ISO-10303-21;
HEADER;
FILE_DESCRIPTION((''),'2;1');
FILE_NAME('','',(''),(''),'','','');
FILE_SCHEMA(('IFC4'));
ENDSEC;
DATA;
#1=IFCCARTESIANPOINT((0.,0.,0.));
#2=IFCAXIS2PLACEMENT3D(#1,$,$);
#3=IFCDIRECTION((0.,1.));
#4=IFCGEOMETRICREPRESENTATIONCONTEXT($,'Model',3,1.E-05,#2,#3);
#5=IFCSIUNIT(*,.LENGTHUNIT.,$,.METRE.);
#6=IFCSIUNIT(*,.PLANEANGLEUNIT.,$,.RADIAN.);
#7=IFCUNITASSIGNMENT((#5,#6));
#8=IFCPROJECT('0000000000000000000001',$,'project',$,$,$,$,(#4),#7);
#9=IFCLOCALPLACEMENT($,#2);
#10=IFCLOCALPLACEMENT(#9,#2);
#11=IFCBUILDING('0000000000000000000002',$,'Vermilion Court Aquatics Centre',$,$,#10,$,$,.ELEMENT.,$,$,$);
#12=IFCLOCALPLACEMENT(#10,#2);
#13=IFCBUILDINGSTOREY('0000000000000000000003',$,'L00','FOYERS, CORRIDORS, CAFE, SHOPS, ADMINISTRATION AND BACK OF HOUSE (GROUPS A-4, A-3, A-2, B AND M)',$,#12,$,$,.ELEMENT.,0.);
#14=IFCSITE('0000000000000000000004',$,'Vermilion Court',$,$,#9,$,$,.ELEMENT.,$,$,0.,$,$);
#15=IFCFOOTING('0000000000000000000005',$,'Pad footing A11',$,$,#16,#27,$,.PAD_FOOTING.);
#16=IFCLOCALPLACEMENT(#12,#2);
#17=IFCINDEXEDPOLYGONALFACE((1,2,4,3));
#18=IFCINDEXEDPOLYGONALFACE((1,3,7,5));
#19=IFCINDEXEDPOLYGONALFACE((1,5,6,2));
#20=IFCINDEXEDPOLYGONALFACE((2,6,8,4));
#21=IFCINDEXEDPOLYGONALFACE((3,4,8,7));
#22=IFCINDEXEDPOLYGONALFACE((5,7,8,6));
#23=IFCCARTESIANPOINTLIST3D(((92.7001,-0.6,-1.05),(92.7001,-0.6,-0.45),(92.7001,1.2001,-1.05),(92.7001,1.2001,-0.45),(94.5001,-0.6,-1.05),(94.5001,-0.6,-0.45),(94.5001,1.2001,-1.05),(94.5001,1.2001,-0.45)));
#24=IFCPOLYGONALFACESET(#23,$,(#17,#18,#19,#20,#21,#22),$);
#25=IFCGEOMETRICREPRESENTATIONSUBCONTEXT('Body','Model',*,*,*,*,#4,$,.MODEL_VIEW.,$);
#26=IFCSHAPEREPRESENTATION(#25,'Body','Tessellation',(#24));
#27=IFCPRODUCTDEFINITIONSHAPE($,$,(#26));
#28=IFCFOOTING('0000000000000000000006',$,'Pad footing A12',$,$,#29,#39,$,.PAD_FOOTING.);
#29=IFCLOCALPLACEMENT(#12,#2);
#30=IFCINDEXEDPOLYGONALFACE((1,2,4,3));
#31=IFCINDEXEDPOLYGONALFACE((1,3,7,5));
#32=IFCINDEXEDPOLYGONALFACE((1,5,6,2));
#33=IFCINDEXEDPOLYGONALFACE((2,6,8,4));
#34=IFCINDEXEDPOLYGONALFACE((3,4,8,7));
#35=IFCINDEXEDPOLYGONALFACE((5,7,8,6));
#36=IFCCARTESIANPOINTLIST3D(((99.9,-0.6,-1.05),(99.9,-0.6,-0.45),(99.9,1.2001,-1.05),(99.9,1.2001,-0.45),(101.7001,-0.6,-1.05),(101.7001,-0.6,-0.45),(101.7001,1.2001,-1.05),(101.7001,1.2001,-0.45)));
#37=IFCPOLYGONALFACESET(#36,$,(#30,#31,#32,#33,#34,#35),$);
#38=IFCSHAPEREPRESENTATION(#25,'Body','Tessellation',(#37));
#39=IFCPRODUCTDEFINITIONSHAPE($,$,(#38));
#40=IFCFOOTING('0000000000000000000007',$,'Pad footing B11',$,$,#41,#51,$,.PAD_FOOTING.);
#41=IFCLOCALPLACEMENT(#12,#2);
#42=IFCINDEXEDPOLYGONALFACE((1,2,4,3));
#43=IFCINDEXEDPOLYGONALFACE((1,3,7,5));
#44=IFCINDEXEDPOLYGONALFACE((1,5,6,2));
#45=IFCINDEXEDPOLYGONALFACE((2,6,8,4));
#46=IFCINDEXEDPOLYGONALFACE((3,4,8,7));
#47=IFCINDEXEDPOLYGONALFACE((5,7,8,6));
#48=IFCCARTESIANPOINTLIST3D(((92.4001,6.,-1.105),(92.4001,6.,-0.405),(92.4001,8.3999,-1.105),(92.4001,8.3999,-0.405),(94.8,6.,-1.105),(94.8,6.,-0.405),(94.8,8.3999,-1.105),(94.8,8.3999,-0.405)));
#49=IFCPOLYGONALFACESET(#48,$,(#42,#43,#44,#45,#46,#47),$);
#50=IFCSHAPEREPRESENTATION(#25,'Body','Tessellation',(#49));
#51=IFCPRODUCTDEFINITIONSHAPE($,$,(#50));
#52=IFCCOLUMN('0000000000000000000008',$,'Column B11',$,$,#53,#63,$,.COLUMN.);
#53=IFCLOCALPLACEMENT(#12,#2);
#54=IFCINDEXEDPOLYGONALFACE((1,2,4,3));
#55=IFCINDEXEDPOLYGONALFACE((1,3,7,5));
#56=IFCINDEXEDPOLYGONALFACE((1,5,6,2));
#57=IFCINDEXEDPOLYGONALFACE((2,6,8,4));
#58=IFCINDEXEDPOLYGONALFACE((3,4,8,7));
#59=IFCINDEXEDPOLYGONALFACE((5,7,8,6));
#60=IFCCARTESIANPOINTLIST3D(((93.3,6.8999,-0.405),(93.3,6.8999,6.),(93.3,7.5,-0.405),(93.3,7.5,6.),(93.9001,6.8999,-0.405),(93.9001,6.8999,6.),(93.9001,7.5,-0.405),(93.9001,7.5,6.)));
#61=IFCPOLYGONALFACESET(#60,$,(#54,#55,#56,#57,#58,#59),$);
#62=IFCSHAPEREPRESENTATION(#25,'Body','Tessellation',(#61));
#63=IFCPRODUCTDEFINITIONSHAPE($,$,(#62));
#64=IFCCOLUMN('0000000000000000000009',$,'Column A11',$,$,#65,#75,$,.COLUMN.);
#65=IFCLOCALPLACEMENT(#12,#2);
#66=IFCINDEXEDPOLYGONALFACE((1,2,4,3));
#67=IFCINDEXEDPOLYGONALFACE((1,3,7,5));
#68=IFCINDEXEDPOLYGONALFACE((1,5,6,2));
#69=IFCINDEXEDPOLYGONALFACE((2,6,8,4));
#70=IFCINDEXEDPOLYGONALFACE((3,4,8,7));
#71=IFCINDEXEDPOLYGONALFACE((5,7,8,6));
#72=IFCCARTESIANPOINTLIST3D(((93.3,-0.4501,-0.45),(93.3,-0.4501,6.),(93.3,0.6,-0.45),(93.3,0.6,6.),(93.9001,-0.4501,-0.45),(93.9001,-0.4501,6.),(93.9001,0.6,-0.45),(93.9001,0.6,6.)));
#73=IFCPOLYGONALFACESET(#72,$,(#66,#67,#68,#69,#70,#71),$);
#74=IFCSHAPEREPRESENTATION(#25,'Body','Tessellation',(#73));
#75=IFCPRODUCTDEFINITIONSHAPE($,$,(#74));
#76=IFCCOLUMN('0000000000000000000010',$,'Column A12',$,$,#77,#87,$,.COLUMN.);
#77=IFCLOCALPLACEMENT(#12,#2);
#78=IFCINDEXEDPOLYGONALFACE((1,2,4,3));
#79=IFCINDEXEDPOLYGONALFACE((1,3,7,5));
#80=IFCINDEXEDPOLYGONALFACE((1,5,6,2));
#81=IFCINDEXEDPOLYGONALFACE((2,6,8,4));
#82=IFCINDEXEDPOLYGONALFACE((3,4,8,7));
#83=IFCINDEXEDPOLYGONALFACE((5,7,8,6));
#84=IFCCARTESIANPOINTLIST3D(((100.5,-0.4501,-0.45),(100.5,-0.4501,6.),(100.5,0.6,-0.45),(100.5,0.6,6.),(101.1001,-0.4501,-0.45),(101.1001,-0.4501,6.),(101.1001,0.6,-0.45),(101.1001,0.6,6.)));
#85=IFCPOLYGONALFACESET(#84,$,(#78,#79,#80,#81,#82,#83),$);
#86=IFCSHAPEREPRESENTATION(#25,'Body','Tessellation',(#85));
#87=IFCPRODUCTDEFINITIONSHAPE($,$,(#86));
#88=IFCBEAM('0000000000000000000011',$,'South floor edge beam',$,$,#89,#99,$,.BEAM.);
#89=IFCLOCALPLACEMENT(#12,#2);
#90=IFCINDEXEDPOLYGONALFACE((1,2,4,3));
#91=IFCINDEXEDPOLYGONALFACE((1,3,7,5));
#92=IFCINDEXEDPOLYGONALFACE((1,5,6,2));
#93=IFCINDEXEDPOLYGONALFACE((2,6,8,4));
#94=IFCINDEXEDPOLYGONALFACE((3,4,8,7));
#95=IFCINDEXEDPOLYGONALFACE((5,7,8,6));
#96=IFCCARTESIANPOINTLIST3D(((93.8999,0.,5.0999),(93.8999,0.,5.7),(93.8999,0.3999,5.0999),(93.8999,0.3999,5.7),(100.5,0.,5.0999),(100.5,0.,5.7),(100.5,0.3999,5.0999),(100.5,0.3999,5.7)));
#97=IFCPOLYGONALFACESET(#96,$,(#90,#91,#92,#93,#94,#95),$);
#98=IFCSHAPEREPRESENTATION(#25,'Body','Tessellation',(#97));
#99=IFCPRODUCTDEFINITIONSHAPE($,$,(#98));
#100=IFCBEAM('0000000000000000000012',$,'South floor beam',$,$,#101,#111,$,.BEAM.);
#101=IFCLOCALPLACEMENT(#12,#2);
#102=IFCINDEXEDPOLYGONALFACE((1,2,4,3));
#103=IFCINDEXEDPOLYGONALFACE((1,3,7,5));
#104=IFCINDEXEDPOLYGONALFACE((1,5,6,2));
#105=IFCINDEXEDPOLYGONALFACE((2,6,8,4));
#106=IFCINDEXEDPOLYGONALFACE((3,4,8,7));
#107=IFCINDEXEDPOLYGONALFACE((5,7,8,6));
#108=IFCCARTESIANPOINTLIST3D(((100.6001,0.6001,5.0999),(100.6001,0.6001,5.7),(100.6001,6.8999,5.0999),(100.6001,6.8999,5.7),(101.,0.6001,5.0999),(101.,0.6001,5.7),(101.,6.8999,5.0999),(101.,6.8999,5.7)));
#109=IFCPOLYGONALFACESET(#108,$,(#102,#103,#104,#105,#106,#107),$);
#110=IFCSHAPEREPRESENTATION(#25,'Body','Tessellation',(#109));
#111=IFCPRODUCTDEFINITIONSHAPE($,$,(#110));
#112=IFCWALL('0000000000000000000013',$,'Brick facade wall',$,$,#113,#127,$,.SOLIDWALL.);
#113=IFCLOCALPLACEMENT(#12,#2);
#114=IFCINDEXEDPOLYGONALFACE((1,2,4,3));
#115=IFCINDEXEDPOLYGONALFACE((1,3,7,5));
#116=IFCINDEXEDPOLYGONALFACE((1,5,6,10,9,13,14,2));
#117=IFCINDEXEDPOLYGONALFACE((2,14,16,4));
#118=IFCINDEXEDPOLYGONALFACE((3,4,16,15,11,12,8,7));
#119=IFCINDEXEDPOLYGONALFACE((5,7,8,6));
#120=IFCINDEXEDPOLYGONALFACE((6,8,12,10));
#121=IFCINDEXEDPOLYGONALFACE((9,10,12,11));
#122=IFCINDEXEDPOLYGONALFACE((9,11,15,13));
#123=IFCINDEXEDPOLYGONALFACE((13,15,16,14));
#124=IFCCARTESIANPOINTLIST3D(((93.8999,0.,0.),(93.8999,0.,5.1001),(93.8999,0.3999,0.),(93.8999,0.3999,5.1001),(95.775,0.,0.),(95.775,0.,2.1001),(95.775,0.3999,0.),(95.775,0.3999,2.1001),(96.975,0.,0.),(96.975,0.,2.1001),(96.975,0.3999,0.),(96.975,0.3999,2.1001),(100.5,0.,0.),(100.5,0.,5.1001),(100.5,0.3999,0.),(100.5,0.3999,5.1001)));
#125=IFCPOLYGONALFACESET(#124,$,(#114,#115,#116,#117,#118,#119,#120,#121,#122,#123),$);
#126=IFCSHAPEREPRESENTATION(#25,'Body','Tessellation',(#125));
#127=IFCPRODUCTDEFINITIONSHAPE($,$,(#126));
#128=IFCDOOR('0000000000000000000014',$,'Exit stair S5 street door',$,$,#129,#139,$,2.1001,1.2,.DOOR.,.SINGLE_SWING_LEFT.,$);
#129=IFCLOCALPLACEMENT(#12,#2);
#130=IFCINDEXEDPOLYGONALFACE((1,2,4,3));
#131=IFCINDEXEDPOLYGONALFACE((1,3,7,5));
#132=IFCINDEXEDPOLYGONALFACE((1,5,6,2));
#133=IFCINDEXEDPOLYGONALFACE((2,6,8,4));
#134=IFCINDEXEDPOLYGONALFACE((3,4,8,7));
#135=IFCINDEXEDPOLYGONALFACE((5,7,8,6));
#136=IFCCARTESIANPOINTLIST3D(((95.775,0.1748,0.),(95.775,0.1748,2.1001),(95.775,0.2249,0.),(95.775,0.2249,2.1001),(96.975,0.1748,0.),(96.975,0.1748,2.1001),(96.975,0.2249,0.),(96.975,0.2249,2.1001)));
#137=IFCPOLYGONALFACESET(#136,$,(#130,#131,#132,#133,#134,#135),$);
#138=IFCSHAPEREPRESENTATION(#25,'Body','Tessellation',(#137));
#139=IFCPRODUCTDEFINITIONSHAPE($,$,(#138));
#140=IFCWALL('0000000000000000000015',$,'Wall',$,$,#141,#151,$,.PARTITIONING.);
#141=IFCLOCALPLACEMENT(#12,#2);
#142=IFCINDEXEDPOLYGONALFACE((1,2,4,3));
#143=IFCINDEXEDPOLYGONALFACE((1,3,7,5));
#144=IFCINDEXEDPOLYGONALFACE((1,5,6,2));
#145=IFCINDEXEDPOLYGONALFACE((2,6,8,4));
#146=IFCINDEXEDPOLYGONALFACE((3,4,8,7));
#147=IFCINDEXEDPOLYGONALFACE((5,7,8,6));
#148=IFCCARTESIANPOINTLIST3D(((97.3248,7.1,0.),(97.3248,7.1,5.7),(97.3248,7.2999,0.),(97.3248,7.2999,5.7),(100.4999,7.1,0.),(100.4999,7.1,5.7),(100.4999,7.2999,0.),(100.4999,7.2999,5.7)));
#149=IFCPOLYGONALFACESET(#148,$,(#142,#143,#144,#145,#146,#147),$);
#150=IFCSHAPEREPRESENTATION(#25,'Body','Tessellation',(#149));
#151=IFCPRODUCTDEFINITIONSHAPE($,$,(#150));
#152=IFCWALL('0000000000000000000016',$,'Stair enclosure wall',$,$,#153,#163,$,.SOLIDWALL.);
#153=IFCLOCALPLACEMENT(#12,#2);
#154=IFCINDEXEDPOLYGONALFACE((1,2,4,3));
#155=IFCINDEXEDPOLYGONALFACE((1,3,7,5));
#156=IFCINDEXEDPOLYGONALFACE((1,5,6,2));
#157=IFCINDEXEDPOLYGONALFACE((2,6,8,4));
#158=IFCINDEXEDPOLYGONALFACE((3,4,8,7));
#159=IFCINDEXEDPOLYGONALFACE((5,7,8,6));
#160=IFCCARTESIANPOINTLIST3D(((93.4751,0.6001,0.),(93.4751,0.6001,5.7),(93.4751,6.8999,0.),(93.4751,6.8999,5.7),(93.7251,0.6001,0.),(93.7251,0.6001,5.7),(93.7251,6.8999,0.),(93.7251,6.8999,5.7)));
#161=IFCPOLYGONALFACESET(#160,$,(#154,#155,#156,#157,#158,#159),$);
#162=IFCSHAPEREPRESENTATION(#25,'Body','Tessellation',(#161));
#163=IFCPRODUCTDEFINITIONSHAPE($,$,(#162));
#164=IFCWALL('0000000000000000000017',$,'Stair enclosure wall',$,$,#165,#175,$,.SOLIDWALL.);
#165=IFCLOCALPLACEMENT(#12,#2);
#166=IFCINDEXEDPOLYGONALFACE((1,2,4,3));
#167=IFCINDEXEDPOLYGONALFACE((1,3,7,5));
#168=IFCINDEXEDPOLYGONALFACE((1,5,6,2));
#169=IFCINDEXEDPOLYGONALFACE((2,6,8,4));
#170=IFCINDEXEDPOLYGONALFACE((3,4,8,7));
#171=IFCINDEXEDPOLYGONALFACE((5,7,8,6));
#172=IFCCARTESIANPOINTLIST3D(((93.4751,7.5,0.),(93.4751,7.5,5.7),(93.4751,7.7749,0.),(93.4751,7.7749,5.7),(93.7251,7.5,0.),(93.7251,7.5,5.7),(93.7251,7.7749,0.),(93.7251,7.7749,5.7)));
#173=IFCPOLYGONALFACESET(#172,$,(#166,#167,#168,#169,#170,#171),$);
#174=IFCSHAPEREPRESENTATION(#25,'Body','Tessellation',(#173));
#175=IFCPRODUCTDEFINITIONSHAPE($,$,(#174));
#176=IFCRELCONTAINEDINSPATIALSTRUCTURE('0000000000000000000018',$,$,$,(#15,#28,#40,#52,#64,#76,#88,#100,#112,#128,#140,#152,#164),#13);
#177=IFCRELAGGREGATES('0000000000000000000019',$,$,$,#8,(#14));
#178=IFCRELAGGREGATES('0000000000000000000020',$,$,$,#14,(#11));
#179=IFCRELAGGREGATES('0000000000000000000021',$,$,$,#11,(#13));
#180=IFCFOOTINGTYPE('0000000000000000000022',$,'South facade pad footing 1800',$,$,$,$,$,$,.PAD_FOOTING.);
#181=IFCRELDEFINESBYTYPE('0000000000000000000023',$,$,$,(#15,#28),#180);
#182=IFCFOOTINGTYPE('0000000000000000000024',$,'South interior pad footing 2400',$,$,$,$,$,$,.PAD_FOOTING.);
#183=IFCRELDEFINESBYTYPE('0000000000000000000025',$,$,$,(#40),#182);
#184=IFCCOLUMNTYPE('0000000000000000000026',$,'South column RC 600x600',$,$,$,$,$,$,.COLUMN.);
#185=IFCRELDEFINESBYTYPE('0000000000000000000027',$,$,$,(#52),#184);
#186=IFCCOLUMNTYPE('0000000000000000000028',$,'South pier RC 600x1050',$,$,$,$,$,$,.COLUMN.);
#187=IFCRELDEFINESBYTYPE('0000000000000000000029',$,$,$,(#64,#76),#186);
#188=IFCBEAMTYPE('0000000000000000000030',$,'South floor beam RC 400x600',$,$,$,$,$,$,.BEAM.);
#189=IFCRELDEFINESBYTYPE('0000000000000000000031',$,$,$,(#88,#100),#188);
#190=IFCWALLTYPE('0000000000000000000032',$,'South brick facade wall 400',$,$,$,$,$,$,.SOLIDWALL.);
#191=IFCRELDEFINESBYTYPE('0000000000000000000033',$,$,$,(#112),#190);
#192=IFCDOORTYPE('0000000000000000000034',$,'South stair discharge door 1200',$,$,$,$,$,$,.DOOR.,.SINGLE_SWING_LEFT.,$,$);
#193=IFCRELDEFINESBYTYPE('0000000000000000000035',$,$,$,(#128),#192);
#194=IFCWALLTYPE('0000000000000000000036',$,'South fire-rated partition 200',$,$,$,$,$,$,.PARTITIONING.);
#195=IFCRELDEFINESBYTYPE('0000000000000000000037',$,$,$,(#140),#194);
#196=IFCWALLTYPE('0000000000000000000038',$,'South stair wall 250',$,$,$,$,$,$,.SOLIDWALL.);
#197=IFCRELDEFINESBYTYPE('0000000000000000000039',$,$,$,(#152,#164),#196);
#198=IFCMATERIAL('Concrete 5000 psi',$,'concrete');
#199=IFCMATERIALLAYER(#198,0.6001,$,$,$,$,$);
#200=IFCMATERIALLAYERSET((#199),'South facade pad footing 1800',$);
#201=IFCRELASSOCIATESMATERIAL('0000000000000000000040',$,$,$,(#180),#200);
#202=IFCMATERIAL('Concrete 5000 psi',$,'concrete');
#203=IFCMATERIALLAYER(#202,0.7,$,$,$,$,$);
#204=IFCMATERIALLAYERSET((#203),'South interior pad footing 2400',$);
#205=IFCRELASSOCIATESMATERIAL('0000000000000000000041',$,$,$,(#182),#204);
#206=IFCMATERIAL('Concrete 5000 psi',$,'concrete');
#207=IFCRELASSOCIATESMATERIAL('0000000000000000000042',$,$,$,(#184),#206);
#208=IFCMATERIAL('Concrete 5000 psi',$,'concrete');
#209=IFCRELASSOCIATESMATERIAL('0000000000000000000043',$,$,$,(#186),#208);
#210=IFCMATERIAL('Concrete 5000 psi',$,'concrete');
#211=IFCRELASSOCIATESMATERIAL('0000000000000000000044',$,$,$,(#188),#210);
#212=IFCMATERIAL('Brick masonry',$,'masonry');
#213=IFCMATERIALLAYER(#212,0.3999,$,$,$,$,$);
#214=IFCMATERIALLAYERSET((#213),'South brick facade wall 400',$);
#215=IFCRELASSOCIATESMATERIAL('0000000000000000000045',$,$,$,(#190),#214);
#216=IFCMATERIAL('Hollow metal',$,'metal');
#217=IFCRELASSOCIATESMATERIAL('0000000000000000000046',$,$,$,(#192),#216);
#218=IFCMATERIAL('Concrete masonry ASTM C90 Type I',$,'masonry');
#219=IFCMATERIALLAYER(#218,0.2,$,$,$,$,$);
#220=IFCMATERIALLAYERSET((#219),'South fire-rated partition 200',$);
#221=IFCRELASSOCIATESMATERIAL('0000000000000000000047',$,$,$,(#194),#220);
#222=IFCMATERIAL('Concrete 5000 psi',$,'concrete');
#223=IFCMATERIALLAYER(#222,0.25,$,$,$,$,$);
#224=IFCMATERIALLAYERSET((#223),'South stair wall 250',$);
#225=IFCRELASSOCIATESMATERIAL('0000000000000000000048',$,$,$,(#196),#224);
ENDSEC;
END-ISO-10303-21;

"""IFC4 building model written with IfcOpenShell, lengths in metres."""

from ifc_helpers import new_model, si_unit, direction, frame, frame_2d, origin, origin_2d, place, context, subcontext, project, spatial, rectangle, extrude, material, layer, layer_set, material_profile, profile_set, type_object, element, fill, save


model = new_model("IFC4")

# Units and contexts
model_context = context("Model", 3, precision=1e-05, world=origin(), true_north=direction((0.0, 1.0)))
body_context = subcontext(model_context, "Body", "Model", "MODEL_VIEW")
ifc_project = project(units=[si_unit("LENGTHUNIT", "METRE"), si_unit("PLANEANGLEUNIT", "RADIAN")], contexts=[model_context])

# Site, building, storey
site_placement = place(None, origin())
site = spatial("IfcSite", under=ifc_project, at=site_placement, Name="Vermilion Court", CompositionType="ELEMENT", RefElevation=0.0)
building_placement = place(site_placement, origin())
building = spatial("IfcBuilding", under=site, at=building_placement, Name="Vermilion Court Aquatics Centre", CompositionType="ELEMENT")
storey_placement = place(building_placement, origin())
storey = spatial("IfcBuildingStorey", under=building, at=storey_placement, Name="L00", Description="FOYERS, CORRIDORS, CAFE, SHOPS, ADMINISTRATION AND BACK OF HOUSE (GROUPS A-4, A-3, A-2, B AND M)", CompositionType="ELEMENT", Elevation=0.0)

# Footings
ifc_material_1 = material(Name="Concrete 5000 psi", Category="concrete")
ifc_layer_1 = layer(ifc_material_1, 0.6001)
ifc_layer_set_1 = layer_set([ifc_layer_1], Name="South facade pad footing 1800")
footing_type_1 = type_object("IfcFootingType", Name="South facade pad footing 1800", PredefinedType="PAD_FOOTING", material=ifc_layer_set_1)
for number, where, z_axis, x_axis, name in (
    (1, (93.6001, 0.3, -1.05), (0.0, 0.0, 1.0), (1.0, 0.0, 0.0), "Pad footing A11"),
    (2, (100.8, 0.3, -1.05), (0.0, 0.0, 1.0), (1.0, 0.0, 0.0), "Pad footing A12"),
):
    element("IfcFooting", number, at=place(storey_placement, frame(where, z_axis=z_axis, x_axis=x_axis)), inside=storey, type_object=footing_type_1, Name=name, PredefinedType="PAD_FOOTING", context=body_context, shape_type="SweptSolid", body=[
        extrude(rectangle(XDim=1.8, YDim=1.8, at=origin_2d()), origin(), (0.0, 0.0, 1.0), 0.6001),
    ])
ifc_material_2 = material(Name="Concrete 5000 psi", Category="concrete")
ifc_layer_2 = layer(ifc_material_2, 0.7)
ifc_layer_set_2 = layer_set([ifc_layer_2], Name="South interior pad footing 2400")
footing_type_2 = type_object("IfcFootingType", Name="South interior pad footing 2400", PredefinedType="PAD_FOOTING", material=ifc_layer_set_2)
footing_placement = place(storey_placement, frame((93.6001, 7.2, -1.105), z_axis=(0.0, 0.0, 1.0), x_axis=(1.0, 0.0, 0.0)))
element("IfcFooting", 3, at=footing_placement, inside=storey, type_object=footing_type_2, Name="Pad footing B11", PredefinedType="PAD_FOOTING", context=body_context, shape_type="SweptSolid", body=[
    extrude(rectangle(XDim=2.3999, YDim=2.3999, at=origin_2d()), origin(), (0.0, 0.0, 1.0), 0.7),
])

# Columns
ifc_material_3 = material(Name="Concrete 5000 psi", Category="concrete")
ifc_material_profile_1 = material_profile(ifc_material_3, rectangle(XDim=0.6001, YDim=0.6001, at=origin_2d()), Name="RC 600x600")
ifc_profile_set_1 = profile_set([ifc_material_profile_1], Name="Concrete 5000 psi")
column_type_1 = type_object("IfcColumnType", Name="South column RC 600x600", PredefinedType="COLUMN", material=ifc_profile_set_1)
column_placement = place(storey_placement, frame((93.6001, 7.2, -0.405), z_axis=(0.0, 0.0, 1.0), x_axis=(1.0, 0.0, 0.0)))
element("IfcColumn", 4, at=column_placement, inside=storey, type_object=column_type_1, Name="Column B11", PredefinedType="COLUMN", context=body_context, shape_type="SweptSolid", body=[
    extrude(rectangle(XDim=0.6001, YDim=0.6001, at=origin_2d()), origin(), (0.0, 0.0, 1.0), 6.405),
])
ifc_material_4 = material(Name="Concrete 5000 psi", Category="concrete")
ifc_material_profile_2 = material_profile(ifc_material_4, rectangle(XDim=0.6001, YDim=1.05, at=origin_2d()), Name="RC 600x1050")
ifc_profile_set_2 = profile_set([ifc_material_profile_2], Name="Concrete 5000 psi")
column_type_2 = type_object("IfcColumnType", Name="South pier RC 600x1050", PredefinedType="COLUMN", material=ifc_profile_set_2)
for number, where, z_axis, x_axis, name in (
    (5, (93.6001, 0.075, -0.45), (0.0, 0.0, 1.0), (1.0, 0.0, 0.0), "Column A11"),
    (6, (100.8, 0.075, -0.45), (0.0, 0.0, 1.0), (1.0, 0.0, 0.0), "Column A12"),
):
    element("IfcColumn", number, at=place(storey_placement, frame(where, z_axis=z_axis, x_axis=x_axis)), inside=storey, type_object=column_type_2, Name=name, PredefinedType="COLUMN", context=body_context, shape_type="SweptSolid", body=[
        extrude(rectangle(XDim=0.6001, YDim=1.05, at=origin_2d()), origin(), (0.0, 0.0, 1.0), 6.45),
    ])

# Beams
ifc_material_5 = material(Name="Concrete 5000 psi", Category="concrete")
ifc_material_profile_3 = material_profile(ifc_material_5, rectangle(XDim=0.3999, YDim=0.6001, at=origin_2d()), Name="RC 400x600")
ifc_profile_set_3 = profile_set([ifc_material_profile_3], Name="Concrete 5000 psi")
beam_type = type_object("IfcBeamType", Name="South floor beam RC 400x600", PredefinedType="BEAM", material=ifc_profile_set_3)
beam_1_placement = place(storey_placement, frame((93.8999, 0.2, 5.3999), z_axis=(1.0, 0.0, 0.0), x_axis=(0.0, 1.0, 0.0)))
element("IfcBeam", 7, at=beam_1_placement, inside=storey, type_object=beam_type, Name="South floor edge beam", PredefinedType="BEAM", context=body_context, shape_type="SweptSolid", body=[
    extrude(rectangle(XDim=0.3999, YDim=0.6001, at=origin_2d()), origin(), (0.0, 0.0, 1.0), 6.6001),
])
beam_2_placement = place(storey_placement, frame((100.8, 0.6001, 5.3999), z_axis=(0.0, 1.0, 0.0), x_axis=(-1.0, 0.0, 0.0)))
element("IfcBeam", 8, at=beam_2_placement, inside=storey, type_object=beam_type, Name="South floor beam", PredefinedType="BEAM", context=body_context, shape_type="SweptSolid", body=[
    extrude(rectangle(XDim=0.3999, YDim=0.6001, at=origin_2d()), origin(), (0.0, 0.0, 1.0), 6.2998),
])

# Wall, opening, door
ifc_material_6 = material(Name="Brick masonry", Category="masonry")
ifc_layer_3 = layer(ifc_material_6, 0.3999)
ifc_layer_set_3 = layer_set([ifc_layer_3], Name="South brick facade wall 400")
wall_type_1 = type_object("IfcWallType", Name="South brick facade wall 400", PredefinedType="SOLIDWALL", material=ifc_layer_set_3)
wall_1_placement = place(storey_placement, frame((93.8999, 0.2, 0.0), z_axis=(0.0, 0.0, 1.0), x_axis=(1.0, 0.0, 0.0)))
wall_1 = element("IfcWall", 9, at=wall_1_placement, inside=storey, type_object=wall_type_1, Name="Brick facade wall", PredefinedType="SOLIDWALL", context=body_context, shape_type="SweptSolid", body=[
    extrude(rectangle(XDim=6.6001, YDim=0.3999, at=frame_2d((3.3, 0.0))), origin(), (0.0, 0.0, 1.0), 5.1001),
])
opening_1_placement = place(wall_1_placement, frame((1.875, 0.0, 0.0)))
opening_1 = element("IfcOpeningElement", 10, at=opening_1_placement, cuts=wall_1, PredefinedType="OPENING", context=body_context, shape_type="SweptSolid", body=[
    extrude(rectangle(XDim=1.2, YDim=2.1001, at=frame_2d((0.6001, 1.05))), frame((0.0, 0.21, 0.0), z_axis=(0.0, -1.0, 0.0), x_axis=(1.0, 0.0, 0.0)), (0.0, 0.0, 1.0), 0.4199),
])
ifc_material_7 = material(Name="Hollow metal", Category="metal")
door_type_1 = type_object("IfcDoorType", Name="South stair discharge door 1200", OperationType="SINGLE_SWING_LEFT", PredefinedType="DOOR", material=ifc_material_7)
door_1_placement = place(opening_1_placement, frame((1.2, 0.0, 0.0), z_axis=(0.0, 0.0, 1.0), x_axis=(-1.0, 0.0, 0.0)))
door_1 = element("IfcDoor", 11, at=door_1_placement, inside=storey, type_object=door_type_1, Name="Exit stair S5 street door", OperationType="SINGLE_SWING_LEFT", OverallHeight=2.1001, OverallWidth=1.2, PredefinedType="DOOR", context=body_context, shape_type="SweptSolid", body=[
    extrude(rectangle(XDim=1.2, YDim=2.1001, at=frame_2d((0.5999, 1.05))), frame((0.0, 0.0251, 0.0), z_axis=(0.0, -1.0, 0.0), x_axis=(1.0, 0.0, 0.0)), (0.0, 0.0, 1.0), 0.05),
])
fill(opening_1, door_1)

# Walls
ifc_material_8 = material(Name="Concrete masonry ASTM C90 Type I", Category="masonry")
ifc_layer_4 = layer(ifc_material_8, 0.2)
ifc_layer_set_4 = layer_set([ifc_layer_4], Name="South fire-rated partition 200")
wall_type_2 = type_object("IfcWallType", Name="South fire-rated partition 200", PredefinedType="PARTITIONING", material=ifc_layer_set_4)
wall_2_placement = place(storey_placement, frame((97.325, 7.2, 0.0), z_axis=(0.0, 0.0, 1.0), x_axis=(1.0, 0.0, 0.0)))
element("IfcWall", 12, at=wall_2_placement, inside=storey, type_object=wall_type_2, Name="Wall", PredefinedType="PARTITIONING", context=body_context, shape_type="SweptSolid", body=[
    extrude(rectangle(XDim=3.175, YDim=0.2, at=frame_2d((1.5874, 0.0))), origin(), (0.0, 0.0, 1.0), 5.7),
])
ifc_material_9 = material(Name="Concrete 5000 psi", Category="concrete")
ifc_layer_5 = layer(ifc_material_9, 0.25)
ifc_layer_set_5 = layer_set([ifc_layer_5], Name="South stair wall 250")
wall_type_3 = type_object("IfcWallType", Name="South stair wall 250", PredefinedType="SOLIDWALL", material=ifc_layer_set_5)
wall_3_placement = place(storey_placement, frame((93.6001, 0.6001, 0.0), z_axis=(0.0, 0.0, 1.0), x_axis=(0.0, 1.0, 0.0)))
element("IfcWall", 13, at=wall_3_placement, inside=storey, type_object=wall_type_3, Name="Stair enclosure wall", PredefinedType="SOLIDWALL", context=body_context, shape_type="SweptSolid", body=[
    extrude(rectangle(XDim=6.2998, YDim=0.25, at=frame_2d((3.1499, 0.0))), origin(), (0.0, 0.0, 1.0), 5.7),
])
wall_4_placement = place(storey_placement, frame((93.6001, 7.5, 0.0), z_axis=(0.0, 0.0, 1.0), x_axis=(0.0, 1.0, 0.0)))
element("IfcWall", 14, at=wall_4_placement, inside=storey, type_object=wall_type_3, Name="Stair enclosure wall", PredefinedType="SOLIDWALL", context=body_context, shape_type="SweptSolid", body=[
    extrude(rectangle(XDim=0.2749, YDim=0.25, at=frame_2d((0.1375, 0.0))), origin(), (0.0, 0.0, 1.0), 5.7),
])

save(model, "model.ifc")
